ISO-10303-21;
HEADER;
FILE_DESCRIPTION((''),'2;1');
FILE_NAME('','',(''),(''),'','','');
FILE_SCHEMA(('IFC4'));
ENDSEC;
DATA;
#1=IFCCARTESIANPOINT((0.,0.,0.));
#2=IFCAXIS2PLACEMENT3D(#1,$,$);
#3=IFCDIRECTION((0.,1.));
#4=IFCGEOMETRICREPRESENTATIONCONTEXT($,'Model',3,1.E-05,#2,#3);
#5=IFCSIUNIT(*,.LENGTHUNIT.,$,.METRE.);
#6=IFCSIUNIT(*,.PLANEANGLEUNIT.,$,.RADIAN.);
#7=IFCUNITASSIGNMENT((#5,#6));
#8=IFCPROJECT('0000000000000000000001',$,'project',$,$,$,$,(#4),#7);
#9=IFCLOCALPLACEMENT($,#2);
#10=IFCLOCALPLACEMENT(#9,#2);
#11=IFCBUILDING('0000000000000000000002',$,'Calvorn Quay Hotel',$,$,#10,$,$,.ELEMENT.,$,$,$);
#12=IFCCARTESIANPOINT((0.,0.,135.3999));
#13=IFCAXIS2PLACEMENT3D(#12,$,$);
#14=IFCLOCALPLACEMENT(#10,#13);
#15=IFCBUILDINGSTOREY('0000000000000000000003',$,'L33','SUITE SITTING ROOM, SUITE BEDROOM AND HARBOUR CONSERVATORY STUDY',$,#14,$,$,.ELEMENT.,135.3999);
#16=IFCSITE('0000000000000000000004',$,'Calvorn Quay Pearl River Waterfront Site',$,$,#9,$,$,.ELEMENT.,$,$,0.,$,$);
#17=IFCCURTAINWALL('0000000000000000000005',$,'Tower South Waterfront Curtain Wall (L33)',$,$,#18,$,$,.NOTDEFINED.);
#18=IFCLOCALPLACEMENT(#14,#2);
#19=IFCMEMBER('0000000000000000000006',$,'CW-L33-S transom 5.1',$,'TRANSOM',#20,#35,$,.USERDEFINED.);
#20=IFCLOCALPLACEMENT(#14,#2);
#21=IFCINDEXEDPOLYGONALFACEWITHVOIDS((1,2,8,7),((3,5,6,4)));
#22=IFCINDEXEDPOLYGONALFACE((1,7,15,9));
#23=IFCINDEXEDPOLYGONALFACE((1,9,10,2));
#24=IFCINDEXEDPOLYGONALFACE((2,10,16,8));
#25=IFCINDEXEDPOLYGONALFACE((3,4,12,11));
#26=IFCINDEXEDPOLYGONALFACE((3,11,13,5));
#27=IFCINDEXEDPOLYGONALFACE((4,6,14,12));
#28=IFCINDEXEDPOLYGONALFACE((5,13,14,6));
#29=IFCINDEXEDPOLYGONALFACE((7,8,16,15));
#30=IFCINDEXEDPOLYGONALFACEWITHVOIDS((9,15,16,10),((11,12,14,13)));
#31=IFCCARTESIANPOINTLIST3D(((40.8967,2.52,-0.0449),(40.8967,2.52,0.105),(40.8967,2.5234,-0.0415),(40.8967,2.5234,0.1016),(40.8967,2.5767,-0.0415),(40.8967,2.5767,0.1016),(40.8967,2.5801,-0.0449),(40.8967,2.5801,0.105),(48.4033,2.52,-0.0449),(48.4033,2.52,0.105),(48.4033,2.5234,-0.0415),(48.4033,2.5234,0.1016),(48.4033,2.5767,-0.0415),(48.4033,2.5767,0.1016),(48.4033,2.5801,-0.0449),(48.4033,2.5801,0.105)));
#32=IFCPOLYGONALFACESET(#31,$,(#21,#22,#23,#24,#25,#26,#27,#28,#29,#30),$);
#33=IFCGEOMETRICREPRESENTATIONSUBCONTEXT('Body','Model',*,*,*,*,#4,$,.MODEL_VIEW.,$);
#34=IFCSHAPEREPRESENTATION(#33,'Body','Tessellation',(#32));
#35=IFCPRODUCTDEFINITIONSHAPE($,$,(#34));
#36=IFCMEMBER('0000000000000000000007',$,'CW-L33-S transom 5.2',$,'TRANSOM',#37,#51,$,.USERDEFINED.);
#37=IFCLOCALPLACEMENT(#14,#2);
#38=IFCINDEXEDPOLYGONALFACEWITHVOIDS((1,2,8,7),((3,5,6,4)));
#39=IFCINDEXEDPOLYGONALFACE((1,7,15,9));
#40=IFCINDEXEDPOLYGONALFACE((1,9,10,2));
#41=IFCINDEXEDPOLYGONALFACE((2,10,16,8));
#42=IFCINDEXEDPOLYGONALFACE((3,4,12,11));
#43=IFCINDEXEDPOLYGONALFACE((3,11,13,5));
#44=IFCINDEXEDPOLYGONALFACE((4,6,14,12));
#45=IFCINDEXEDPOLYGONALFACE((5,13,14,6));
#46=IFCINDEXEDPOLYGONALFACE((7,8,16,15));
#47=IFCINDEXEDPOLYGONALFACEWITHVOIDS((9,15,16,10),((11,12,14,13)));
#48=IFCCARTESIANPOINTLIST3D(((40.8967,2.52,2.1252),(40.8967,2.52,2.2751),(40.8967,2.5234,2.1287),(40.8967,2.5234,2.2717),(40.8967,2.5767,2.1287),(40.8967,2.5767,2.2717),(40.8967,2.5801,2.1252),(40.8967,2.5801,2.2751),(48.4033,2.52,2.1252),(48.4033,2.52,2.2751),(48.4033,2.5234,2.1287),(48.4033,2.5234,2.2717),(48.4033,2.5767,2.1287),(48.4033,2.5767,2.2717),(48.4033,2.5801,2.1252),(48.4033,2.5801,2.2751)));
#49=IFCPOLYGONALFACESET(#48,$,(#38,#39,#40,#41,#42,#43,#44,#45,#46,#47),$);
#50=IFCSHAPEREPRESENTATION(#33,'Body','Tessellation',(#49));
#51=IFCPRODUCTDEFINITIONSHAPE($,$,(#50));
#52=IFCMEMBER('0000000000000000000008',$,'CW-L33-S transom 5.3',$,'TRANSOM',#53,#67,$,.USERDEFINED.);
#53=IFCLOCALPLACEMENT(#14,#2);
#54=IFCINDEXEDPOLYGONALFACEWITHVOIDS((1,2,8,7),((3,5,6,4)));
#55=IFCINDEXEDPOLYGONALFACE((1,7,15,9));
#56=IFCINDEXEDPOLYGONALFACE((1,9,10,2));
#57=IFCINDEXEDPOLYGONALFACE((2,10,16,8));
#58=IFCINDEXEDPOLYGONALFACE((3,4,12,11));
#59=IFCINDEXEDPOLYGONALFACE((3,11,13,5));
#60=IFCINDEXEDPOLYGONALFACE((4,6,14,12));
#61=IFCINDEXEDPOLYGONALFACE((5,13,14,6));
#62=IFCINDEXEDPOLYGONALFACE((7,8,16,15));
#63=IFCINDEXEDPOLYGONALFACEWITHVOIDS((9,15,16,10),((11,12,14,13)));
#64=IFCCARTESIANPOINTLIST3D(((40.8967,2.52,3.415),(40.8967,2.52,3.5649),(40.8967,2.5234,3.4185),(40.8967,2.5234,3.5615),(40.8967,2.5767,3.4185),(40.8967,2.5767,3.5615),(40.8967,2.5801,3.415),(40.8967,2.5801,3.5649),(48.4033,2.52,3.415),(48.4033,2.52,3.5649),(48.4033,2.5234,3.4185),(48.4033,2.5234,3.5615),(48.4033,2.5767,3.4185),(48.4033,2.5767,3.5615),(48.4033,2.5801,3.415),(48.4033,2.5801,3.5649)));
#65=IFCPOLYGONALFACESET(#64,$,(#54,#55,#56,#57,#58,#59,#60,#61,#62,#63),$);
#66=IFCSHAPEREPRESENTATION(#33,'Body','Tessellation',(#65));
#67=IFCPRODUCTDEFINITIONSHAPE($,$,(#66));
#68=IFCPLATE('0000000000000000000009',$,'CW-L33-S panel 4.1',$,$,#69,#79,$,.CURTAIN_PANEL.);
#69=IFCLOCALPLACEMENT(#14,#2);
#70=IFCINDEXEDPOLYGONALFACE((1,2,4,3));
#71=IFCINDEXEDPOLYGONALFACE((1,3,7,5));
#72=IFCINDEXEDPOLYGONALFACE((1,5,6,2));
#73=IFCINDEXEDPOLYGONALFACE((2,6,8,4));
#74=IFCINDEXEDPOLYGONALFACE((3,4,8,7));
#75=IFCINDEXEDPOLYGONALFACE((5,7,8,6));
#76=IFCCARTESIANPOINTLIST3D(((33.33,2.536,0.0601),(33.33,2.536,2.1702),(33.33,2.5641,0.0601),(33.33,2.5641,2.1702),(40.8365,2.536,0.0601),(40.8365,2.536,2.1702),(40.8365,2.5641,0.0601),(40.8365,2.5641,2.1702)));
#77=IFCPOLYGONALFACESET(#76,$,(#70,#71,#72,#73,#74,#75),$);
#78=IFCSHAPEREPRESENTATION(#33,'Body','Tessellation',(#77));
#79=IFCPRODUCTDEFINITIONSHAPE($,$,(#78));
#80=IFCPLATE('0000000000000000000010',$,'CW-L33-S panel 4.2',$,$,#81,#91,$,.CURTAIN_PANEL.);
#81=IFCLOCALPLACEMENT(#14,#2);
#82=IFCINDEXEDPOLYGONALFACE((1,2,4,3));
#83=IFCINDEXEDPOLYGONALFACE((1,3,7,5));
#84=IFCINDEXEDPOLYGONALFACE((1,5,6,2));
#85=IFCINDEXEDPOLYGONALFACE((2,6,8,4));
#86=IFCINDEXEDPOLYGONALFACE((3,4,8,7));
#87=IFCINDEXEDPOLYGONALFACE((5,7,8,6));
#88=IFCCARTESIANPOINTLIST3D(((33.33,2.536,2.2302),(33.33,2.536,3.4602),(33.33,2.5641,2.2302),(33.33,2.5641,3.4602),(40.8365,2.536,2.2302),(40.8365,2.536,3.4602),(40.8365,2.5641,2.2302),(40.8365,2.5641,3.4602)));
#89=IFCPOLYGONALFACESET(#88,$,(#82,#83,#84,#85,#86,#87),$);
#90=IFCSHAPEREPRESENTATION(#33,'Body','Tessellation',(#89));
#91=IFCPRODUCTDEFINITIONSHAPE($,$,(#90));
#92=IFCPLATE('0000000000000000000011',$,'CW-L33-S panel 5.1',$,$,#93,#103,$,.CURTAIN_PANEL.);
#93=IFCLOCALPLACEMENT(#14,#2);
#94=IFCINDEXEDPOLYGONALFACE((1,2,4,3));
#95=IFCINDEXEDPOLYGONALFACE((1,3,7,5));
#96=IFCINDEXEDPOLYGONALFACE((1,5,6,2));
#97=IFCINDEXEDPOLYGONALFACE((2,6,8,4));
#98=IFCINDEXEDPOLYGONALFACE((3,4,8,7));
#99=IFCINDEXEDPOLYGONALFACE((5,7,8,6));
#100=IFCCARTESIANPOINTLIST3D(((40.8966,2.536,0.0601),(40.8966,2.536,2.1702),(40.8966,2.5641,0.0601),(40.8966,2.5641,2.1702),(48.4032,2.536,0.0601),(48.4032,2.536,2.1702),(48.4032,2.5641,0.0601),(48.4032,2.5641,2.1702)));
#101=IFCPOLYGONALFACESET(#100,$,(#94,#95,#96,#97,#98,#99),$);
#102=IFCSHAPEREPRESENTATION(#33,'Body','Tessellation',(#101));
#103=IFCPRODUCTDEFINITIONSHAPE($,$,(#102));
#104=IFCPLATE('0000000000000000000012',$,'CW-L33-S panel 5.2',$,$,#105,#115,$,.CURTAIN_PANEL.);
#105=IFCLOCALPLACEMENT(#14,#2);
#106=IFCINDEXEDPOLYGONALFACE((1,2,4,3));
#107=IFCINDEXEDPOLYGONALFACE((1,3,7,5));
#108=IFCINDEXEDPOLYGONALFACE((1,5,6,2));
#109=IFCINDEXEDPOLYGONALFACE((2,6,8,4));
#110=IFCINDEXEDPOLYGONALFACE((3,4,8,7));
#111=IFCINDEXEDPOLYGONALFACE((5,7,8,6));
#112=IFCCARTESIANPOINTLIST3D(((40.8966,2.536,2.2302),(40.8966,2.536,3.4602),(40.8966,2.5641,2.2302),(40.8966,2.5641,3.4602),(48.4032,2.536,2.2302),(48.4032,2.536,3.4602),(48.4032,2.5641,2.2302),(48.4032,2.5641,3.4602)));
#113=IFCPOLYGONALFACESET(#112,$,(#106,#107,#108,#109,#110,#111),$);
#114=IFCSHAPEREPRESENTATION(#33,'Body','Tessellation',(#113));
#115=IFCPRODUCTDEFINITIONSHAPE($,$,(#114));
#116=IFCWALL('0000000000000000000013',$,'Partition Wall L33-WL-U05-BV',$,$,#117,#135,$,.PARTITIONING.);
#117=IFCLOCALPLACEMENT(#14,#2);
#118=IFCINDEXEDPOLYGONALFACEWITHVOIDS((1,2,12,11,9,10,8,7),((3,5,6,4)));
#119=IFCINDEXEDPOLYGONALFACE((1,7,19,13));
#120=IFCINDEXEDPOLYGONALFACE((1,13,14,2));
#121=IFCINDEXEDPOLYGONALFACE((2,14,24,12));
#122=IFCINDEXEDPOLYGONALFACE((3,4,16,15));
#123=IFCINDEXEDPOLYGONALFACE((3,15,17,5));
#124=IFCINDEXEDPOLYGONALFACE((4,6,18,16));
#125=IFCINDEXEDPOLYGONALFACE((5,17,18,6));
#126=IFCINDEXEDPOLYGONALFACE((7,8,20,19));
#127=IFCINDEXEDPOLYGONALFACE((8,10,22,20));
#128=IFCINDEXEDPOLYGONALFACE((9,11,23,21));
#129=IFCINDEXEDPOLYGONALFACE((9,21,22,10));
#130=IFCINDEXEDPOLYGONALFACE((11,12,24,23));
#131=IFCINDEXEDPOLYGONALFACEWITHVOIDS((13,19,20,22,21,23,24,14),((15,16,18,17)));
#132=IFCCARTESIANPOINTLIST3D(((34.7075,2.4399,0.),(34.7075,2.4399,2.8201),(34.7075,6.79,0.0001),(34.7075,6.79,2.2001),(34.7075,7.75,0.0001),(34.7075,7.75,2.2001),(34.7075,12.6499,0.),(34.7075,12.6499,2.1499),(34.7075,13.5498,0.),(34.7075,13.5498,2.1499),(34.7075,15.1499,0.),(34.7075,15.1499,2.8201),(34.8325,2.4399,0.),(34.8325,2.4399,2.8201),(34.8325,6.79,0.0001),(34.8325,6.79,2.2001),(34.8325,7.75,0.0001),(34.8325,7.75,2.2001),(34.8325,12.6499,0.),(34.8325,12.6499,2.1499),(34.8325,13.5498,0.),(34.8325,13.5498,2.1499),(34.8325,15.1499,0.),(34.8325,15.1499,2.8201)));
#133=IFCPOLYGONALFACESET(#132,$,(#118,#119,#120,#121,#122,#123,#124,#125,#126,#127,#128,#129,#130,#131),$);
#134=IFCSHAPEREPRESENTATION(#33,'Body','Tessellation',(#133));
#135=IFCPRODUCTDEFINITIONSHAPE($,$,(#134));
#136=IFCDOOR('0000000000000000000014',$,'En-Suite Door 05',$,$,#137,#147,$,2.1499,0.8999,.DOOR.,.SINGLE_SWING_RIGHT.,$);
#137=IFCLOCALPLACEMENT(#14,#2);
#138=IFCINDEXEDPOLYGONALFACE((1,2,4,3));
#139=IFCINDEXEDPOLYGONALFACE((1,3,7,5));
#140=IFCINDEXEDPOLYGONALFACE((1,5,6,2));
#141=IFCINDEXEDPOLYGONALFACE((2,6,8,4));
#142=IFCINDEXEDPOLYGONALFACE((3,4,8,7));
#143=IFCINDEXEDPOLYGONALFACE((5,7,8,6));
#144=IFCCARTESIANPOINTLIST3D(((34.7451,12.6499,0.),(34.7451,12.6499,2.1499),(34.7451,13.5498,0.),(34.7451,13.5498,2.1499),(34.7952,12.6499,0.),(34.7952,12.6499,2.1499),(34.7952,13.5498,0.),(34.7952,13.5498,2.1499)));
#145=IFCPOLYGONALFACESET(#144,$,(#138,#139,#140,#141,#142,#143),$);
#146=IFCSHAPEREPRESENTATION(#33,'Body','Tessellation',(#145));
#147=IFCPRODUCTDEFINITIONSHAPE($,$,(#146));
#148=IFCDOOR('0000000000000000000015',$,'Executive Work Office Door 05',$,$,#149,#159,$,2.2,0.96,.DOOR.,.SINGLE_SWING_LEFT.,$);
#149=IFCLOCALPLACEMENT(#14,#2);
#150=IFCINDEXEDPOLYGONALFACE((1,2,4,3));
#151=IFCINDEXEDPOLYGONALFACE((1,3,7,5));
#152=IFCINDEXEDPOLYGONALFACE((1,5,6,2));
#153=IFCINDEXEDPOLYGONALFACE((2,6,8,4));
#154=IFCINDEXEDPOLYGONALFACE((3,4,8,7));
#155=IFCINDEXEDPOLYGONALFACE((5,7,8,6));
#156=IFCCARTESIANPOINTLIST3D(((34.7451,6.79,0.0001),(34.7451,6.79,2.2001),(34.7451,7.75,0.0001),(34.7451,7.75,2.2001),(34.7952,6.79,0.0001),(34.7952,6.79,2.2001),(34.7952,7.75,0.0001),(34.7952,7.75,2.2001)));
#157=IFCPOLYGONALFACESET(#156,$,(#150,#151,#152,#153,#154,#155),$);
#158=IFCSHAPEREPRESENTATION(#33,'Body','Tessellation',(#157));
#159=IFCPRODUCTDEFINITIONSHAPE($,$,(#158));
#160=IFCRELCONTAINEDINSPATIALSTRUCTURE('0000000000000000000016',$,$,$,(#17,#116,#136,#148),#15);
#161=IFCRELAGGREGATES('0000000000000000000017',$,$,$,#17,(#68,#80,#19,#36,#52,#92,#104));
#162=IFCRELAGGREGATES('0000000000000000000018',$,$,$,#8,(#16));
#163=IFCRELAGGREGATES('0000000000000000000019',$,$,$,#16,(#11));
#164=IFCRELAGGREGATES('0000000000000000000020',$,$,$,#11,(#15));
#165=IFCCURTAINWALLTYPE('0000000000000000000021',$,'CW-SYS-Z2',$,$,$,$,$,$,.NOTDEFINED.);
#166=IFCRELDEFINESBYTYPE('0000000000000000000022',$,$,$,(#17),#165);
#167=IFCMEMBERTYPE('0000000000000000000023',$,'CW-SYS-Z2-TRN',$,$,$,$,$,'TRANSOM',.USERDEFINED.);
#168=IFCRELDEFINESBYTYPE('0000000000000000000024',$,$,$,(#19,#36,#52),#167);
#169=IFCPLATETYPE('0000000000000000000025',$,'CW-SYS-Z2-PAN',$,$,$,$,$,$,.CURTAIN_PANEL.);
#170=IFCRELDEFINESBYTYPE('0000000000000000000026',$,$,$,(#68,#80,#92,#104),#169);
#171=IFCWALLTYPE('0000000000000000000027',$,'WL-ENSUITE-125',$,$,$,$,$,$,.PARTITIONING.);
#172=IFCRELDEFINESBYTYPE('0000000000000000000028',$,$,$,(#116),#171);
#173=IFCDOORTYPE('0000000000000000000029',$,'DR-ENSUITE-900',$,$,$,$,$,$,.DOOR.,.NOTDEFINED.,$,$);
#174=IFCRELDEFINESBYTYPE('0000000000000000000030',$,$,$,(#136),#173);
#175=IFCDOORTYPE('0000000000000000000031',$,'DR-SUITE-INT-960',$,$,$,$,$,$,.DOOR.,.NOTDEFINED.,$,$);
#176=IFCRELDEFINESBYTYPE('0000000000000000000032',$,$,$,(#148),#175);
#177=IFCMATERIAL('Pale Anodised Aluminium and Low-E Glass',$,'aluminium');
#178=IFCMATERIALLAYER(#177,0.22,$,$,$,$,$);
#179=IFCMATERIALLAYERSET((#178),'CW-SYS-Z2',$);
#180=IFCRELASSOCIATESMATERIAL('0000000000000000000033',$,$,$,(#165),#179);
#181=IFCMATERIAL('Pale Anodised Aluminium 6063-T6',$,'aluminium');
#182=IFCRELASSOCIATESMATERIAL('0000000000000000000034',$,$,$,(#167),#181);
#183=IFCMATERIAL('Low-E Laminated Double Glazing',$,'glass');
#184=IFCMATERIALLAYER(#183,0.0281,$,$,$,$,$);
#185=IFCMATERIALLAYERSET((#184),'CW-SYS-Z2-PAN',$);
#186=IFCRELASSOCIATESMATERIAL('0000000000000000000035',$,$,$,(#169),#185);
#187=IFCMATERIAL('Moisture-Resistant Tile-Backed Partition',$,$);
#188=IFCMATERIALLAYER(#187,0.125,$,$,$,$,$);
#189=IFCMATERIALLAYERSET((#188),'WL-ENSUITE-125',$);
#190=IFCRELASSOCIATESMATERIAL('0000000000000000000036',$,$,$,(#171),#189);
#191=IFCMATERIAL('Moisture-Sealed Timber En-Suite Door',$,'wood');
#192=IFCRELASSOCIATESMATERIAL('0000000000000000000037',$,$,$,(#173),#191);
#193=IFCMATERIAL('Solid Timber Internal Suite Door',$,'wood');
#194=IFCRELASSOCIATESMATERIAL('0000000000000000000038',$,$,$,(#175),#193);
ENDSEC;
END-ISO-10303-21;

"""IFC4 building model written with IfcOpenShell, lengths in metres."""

from ifc_helpers import new_model, si_unit, direction, frame, frame_2d, origin, origin_2d, place, context, subcontext, project, spatial, rectangle, hollow_rectangle, extrude, material, layer, layer_set, material_profile, profile_set, type_object, element, fill, aggregate, save


model = new_model("IFC4")

# Units and contexts
model_context = context("Model", 3, precision=1e-05, world=origin(), true_north=direction((0.0, 1.0)))
body_context = subcontext(model_context, "Body", "Model", "MODEL_VIEW")
ifc_project = project(units=[si_unit("LENGTHUNIT", "METRE"), si_unit("PLANEANGLEUNIT", "RADIAN")], contexts=[model_context])

# Site, building, storey
site_placement = place(None, origin())
site = spatial("IfcSite", under=ifc_project, at=site_placement, Name="Calvorn Quay Pearl River Waterfront Site", CompositionType="ELEMENT", RefElevation=0.0)
building_placement = place(site_placement, origin())
building = spatial("IfcBuilding", under=site, at=building_placement, Name="Calvorn Quay Hotel", CompositionType="ELEMENT")
storey_placement = place(building_placement, frame((0.0, 0.0, 135.3999)))
storey = spatial("IfcBuildingStorey", under=building, at=storey_placement, Name="L33", Description="SUITE SITTING ROOM, SUITE BEDROOM AND HARBOUR CONSERVATORY STUDY", CompositionType="ELEMENT", Elevation=135.3999)

# Curtain wall, members, plates
ifc_material_1 = material(Name="Pale Anodised Aluminium and Low-E Glass", Category="aluminium")
ifc_layer_1 = layer(ifc_material_1, 0.22)
ifc_layer_set_1 = layer_set([ifc_layer_1], Name="CW-SYS-Z2")
curtain_wall_type = type_object("IfcCurtainWallType", Name="CW-SYS-Z2", PredefinedType="NOTDEFINED", material=ifc_layer_set_1)
curtain_wall_placement = place(storey_placement, origin())
curtain_wall = element("IfcCurtainWall", 1, at=curtain_wall_placement, inside=storey, type_object=curtain_wall_type, Name="Tower South Waterfront Curtain Wall (L33)", PredefinedType="NOTDEFINED")
ifc_material_2 = material(Name="Pale Anodised Aluminium 6063-T6", Category="aluminium")
ifc_material_profile_1 = material_profile(ifc_material_2, hollow_rectangle(XDim=0.0601, YDim=0.1499, WallThickness=0.0034, at=origin_2d()), Name="ALU-T150x60x3.5")
ifc_profile_set_1 = profile_set([ifc_material_profile_1], Name="Pale Anodised Aluminium 6063-T6")
member_type_1 = type_object("IfcMemberType", Name="CW-SYS-Z2-TRN", ElementType="TRANSOM", PredefinedType="USERDEFINED", material=ifc_profile_set_1)
member_1_placement = place(storey_placement, frame((40.8967, 2.55, 0.03), z_axis=(1.0, 0.0, 0.0), x_axis=(0.0, 1.0, 0.0)))
member_1 = element("IfcMember", 2, at=member_1_placement, type_object=member_type_1, Name="CW-L33-S transom 5.1", ObjectType="TRANSOM", PredefinedType="USERDEFINED", context=body_context, shape_type="SweptSolid", body=[
    extrude(hollow_rectangle(XDim=0.0601, YDim=0.1499, WallThickness=0.0034, at=origin_2d()), origin(), (0.0, 0.0, 1.0), 7.5066),
])
member_2_placement = place(storey_placement, frame((40.8967, 2.55, 2.2002), z_axis=(1.0, 0.0, 0.0), x_axis=(0.0, 1.0, 0.0)))
member_2 = element("IfcMember", 3, at=member_2_placement, type_object=member_type_1, Name="CW-L33-S transom 5.2", ObjectType="TRANSOM", PredefinedType="USERDEFINED", context=body_context, shape_type="SweptSolid", body=[
    extrude(hollow_rectangle(XDim=0.0601, YDim=0.1499, WallThickness=0.0034, at=origin_2d()), origin(), (0.0, 0.0, 1.0), 7.5066),
])
member_3_placement = place(storey_placement, frame((40.8967, 2.55, 3.49), z_axis=(1.0, 0.0, 0.0), x_axis=(0.0, 1.0, 0.0)))
member_3 = element("IfcMember", 4, at=member_3_placement, type_object=member_type_1, Name="CW-L33-S transom 5.3", ObjectType="TRANSOM", PredefinedType="USERDEFINED", context=body_context, shape_type="SweptSolid", body=[
    extrude(hollow_rectangle(XDim=0.0601, YDim=0.1499, WallThickness=0.0034, at=origin_2d()), origin(), (0.0, 0.0, 1.0), 7.5066),
])
ifc_material_3 = material(Name="Low-E Laminated Double Glazing", Category="glass")
ifc_layer_2 = layer(ifc_material_3, 0.0281)
ifc_layer_set_2 = layer_set([ifc_layer_2], Name="CW-SYS-Z2-PAN")
plate_type = type_object("IfcPlateType", Name="CW-SYS-Z2-PAN", PredefinedType="CURTAIN_PANEL", material=ifc_layer_set_2)
plate_1_placement = place(storey_placement, frame((37.0833, 2.55, 0.0601), z_axis=(0.0, 0.0, 1.0), x_axis=(1.0, 0.0, 0.0)))
plate_1 = element("IfcPlate", 5, at=plate_1_placement, type_object=plate_type, Name="CW-L33-S panel 4.1", PredefinedType="CURTAIN_PANEL", context=body_context, shape_type="SweptSolid", body=[
    extrude(rectangle(XDim=7.5066, YDim=0.0281, at=origin_2d()), origin(), (0.0, 0.0, 1.0), 2.1101),
])
plate_2_placement = place(storey_placement, frame((37.0833, 2.55, 2.2302), z_axis=(0.0, 0.0, 1.0), x_axis=(1.0, 0.0, 0.0)))
plate_2 = element("IfcPlate", 6, at=plate_2_placement, type_object=plate_type, Name="CW-L33-S panel 4.2", PredefinedType="CURTAIN_PANEL", context=body_context, shape_type="SweptSolid", body=[
    extrude(rectangle(XDim=7.5066, YDim=0.0281, at=origin_2d()), origin(), (0.0, 0.0, 1.0), 1.23),
])
plate_3_placement = place(storey_placement, frame((44.6499, 2.55, 0.0601), z_axis=(0.0, 0.0, 1.0), x_axis=(1.0, 0.0, 0.0)))
plate_3 = element("IfcPlate", 7, at=plate_3_placement, type_object=plate_type, Name="CW-L33-S panel 5.1", PredefinedType="CURTAIN_PANEL", context=body_context, shape_type="SweptSolid", body=[
    extrude(rectangle(XDim=7.5066, YDim=0.0281, at=origin_2d()), origin(), (0.0, 0.0, 1.0), 2.1101),
])
plate_4_placement = place(storey_placement, frame((44.6499, 2.55, 2.2302), z_axis=(0.0, 0.0, 1.0), x_axis=(1.0, 0.0, 0.0)))
plate_4 = element("IfcPlate", 8, at=plate_4_placement, type_object=plate_type, Name="CW-L33-S panel 5.2", PredefinedType="CURTAIN_PANEL", context=body_context, shape_type="SweptSolid", body=[
    extrude(rectangle(XDim=7.5066, YDim=0.0281, at=origin_2d()), origin(), (0.0, 0.0, 1.0), 1.23),
])
aggregate(curtain_wall, [plate_1, plate_2, member_1, member_2, member_3, plate_3, plate_4])

# Wall, openings, doors
ifc_material_4 = material(Name="Moisture-Resistant Tile-Backed Partition")
ifc_layer_3 = layer(ifc_material_4, 0.125)
ifc_layer_set_3 = layer_set([ifc_layer_3], Name="WL-ENSUITE-125")
wall_type_1 = type_object("IfcWallType", Name="WL-ENSUITE-125", PredefinedType="PARTITIONING", material=ifc_layer_set_3)
wall_1_placement = place(storey_placement, frame((34.77, 2.4399, 0.0), z_axis=(0.0, 0.0, 1.0), x_axis=(0.0, 1.0, 0.0)))
wall_1 = element("IfcWall", 9, at=wall_1_placement, inside=storey, type_object=wall_type_1, Name="Partition Wall L33-WL-U05-BV", PredefinedType="PARTITIONING", context=body_context, shape_type="SweptSolid", body=[
    extrude(rectangle(XDim=12.71, YDim=0.125, at=frame_2d((6.355, 0.0))), origin(), (0.0, 0.0, 1.0), 2.8201),
])
opening_1_placement = place(wall_1_placement, frame((4.3501, 0.0, 0.0)))
opening_1 = element("IfcOpeningElement", 10, at=opening_1_placement, cuts=wall_1, PredefinedType="OPENING", context=body_context, shape_type="SweptSolid", body=[
    extrude(rectangle(XDim=0.96, YDim=2.2, at=frame_2d((0.48, 1.1001))), frame((0.0, 0.0725, 0.0), z_axis=(0.0, -1.0, 0.0), x_axis=(1.0, 0.0, 0.0)), (0.0, 0.0, 1.0), 0.145),
])
opening_2_placement = place(wall_1_placement, frame((10.21, 0.0, 0.0)))
opening_2 = element("IfcOpeningElement", 11, at=opening_2_placement, cuts=wall_1, PredefinedType="OPENING", context=body_context, shape_type="SweptSolid", body=[
    extrude(rectangle(XDim=0.8999, YDim=2.1499, at=frame_2d((0.45, 1.075))), frame((0.0, 0.0725, 0.0), z_axis=(0.0, -1.0, 0.0), x_axis=(1.0, 0.0, 0.0)), (0.0, 0.0, 1.0), 0.145),
])
ifc_material_5 = material(Name="Moisture-Sealed Timber En-Suite Door", Category="wood")
door_type_1 = type_object("IfcDoorType", Name="DR-ENSUITE-900", OperationType="NOTDEFINED", PredefinedType="DOOR", material=ifc_material_5)
door_1_placement = place(opening_2_placement, origin())
door_1 = element("IfcDoor", 12, at=door_1_placement, inside=storey, type_object=door_type_1, Name="En-Suite Door 05", OperationType="SINGLE_SWING_RIGHT", OverallHeight=2.1499, OverallWidth=0.8999, PredefinedType="DOOR", context=body_context, shape_type="SweptSolid", body=[
    extrude(rectangle(XDim=0.8999, YDim=2.1499, at=frame_2d((0.45, 1.075))), frame((0.0, 0.0249, 0.0), z_axis=(0.0, -1.0, 0.0), x_axis=(1.0, 0.0, 0.0)), (0.0, 0.0, 1.0), 0.05),
])
fill(opening_2, door_1)
ifc_material_6 = material(Name="Solid Timber Internal Suite Door", Category="wood")
door_type_2 = type_object("IfcDoorType", Name="DR-SUITE-INT-960", OperationType="NOTDEFINED", PredefinedType="DOOR", material=ifc_material_6)
door_2_placement = place(opening_1_placement, origin())
door_2 = element("IfcDoor", 13, at=door_2_placement, inside=storey, type_object=door_type_2, Name="Executive Work Office Door 05", OperationType="SINGLE_SWING_LEFT", OverallHeight=2.2, OverallWidth=0.96, PredefinedType="DOOR", context=body_context, shape_type="SweptSolid", body=[
    extrude(rectangle(XDim=0.96, YDim=2.2, at=frame_2d((0.48, 1.1001))), frame((0.0, 0.0249, 0.0), z_axis=(0.0, -1.0, 0.0), x_axis=(1.0, 0.0, 0.0)), (0.0, 0.0, 1.0), 0.05),
])
fill(opening_1, door_2)

save(model, "model.ifc")
